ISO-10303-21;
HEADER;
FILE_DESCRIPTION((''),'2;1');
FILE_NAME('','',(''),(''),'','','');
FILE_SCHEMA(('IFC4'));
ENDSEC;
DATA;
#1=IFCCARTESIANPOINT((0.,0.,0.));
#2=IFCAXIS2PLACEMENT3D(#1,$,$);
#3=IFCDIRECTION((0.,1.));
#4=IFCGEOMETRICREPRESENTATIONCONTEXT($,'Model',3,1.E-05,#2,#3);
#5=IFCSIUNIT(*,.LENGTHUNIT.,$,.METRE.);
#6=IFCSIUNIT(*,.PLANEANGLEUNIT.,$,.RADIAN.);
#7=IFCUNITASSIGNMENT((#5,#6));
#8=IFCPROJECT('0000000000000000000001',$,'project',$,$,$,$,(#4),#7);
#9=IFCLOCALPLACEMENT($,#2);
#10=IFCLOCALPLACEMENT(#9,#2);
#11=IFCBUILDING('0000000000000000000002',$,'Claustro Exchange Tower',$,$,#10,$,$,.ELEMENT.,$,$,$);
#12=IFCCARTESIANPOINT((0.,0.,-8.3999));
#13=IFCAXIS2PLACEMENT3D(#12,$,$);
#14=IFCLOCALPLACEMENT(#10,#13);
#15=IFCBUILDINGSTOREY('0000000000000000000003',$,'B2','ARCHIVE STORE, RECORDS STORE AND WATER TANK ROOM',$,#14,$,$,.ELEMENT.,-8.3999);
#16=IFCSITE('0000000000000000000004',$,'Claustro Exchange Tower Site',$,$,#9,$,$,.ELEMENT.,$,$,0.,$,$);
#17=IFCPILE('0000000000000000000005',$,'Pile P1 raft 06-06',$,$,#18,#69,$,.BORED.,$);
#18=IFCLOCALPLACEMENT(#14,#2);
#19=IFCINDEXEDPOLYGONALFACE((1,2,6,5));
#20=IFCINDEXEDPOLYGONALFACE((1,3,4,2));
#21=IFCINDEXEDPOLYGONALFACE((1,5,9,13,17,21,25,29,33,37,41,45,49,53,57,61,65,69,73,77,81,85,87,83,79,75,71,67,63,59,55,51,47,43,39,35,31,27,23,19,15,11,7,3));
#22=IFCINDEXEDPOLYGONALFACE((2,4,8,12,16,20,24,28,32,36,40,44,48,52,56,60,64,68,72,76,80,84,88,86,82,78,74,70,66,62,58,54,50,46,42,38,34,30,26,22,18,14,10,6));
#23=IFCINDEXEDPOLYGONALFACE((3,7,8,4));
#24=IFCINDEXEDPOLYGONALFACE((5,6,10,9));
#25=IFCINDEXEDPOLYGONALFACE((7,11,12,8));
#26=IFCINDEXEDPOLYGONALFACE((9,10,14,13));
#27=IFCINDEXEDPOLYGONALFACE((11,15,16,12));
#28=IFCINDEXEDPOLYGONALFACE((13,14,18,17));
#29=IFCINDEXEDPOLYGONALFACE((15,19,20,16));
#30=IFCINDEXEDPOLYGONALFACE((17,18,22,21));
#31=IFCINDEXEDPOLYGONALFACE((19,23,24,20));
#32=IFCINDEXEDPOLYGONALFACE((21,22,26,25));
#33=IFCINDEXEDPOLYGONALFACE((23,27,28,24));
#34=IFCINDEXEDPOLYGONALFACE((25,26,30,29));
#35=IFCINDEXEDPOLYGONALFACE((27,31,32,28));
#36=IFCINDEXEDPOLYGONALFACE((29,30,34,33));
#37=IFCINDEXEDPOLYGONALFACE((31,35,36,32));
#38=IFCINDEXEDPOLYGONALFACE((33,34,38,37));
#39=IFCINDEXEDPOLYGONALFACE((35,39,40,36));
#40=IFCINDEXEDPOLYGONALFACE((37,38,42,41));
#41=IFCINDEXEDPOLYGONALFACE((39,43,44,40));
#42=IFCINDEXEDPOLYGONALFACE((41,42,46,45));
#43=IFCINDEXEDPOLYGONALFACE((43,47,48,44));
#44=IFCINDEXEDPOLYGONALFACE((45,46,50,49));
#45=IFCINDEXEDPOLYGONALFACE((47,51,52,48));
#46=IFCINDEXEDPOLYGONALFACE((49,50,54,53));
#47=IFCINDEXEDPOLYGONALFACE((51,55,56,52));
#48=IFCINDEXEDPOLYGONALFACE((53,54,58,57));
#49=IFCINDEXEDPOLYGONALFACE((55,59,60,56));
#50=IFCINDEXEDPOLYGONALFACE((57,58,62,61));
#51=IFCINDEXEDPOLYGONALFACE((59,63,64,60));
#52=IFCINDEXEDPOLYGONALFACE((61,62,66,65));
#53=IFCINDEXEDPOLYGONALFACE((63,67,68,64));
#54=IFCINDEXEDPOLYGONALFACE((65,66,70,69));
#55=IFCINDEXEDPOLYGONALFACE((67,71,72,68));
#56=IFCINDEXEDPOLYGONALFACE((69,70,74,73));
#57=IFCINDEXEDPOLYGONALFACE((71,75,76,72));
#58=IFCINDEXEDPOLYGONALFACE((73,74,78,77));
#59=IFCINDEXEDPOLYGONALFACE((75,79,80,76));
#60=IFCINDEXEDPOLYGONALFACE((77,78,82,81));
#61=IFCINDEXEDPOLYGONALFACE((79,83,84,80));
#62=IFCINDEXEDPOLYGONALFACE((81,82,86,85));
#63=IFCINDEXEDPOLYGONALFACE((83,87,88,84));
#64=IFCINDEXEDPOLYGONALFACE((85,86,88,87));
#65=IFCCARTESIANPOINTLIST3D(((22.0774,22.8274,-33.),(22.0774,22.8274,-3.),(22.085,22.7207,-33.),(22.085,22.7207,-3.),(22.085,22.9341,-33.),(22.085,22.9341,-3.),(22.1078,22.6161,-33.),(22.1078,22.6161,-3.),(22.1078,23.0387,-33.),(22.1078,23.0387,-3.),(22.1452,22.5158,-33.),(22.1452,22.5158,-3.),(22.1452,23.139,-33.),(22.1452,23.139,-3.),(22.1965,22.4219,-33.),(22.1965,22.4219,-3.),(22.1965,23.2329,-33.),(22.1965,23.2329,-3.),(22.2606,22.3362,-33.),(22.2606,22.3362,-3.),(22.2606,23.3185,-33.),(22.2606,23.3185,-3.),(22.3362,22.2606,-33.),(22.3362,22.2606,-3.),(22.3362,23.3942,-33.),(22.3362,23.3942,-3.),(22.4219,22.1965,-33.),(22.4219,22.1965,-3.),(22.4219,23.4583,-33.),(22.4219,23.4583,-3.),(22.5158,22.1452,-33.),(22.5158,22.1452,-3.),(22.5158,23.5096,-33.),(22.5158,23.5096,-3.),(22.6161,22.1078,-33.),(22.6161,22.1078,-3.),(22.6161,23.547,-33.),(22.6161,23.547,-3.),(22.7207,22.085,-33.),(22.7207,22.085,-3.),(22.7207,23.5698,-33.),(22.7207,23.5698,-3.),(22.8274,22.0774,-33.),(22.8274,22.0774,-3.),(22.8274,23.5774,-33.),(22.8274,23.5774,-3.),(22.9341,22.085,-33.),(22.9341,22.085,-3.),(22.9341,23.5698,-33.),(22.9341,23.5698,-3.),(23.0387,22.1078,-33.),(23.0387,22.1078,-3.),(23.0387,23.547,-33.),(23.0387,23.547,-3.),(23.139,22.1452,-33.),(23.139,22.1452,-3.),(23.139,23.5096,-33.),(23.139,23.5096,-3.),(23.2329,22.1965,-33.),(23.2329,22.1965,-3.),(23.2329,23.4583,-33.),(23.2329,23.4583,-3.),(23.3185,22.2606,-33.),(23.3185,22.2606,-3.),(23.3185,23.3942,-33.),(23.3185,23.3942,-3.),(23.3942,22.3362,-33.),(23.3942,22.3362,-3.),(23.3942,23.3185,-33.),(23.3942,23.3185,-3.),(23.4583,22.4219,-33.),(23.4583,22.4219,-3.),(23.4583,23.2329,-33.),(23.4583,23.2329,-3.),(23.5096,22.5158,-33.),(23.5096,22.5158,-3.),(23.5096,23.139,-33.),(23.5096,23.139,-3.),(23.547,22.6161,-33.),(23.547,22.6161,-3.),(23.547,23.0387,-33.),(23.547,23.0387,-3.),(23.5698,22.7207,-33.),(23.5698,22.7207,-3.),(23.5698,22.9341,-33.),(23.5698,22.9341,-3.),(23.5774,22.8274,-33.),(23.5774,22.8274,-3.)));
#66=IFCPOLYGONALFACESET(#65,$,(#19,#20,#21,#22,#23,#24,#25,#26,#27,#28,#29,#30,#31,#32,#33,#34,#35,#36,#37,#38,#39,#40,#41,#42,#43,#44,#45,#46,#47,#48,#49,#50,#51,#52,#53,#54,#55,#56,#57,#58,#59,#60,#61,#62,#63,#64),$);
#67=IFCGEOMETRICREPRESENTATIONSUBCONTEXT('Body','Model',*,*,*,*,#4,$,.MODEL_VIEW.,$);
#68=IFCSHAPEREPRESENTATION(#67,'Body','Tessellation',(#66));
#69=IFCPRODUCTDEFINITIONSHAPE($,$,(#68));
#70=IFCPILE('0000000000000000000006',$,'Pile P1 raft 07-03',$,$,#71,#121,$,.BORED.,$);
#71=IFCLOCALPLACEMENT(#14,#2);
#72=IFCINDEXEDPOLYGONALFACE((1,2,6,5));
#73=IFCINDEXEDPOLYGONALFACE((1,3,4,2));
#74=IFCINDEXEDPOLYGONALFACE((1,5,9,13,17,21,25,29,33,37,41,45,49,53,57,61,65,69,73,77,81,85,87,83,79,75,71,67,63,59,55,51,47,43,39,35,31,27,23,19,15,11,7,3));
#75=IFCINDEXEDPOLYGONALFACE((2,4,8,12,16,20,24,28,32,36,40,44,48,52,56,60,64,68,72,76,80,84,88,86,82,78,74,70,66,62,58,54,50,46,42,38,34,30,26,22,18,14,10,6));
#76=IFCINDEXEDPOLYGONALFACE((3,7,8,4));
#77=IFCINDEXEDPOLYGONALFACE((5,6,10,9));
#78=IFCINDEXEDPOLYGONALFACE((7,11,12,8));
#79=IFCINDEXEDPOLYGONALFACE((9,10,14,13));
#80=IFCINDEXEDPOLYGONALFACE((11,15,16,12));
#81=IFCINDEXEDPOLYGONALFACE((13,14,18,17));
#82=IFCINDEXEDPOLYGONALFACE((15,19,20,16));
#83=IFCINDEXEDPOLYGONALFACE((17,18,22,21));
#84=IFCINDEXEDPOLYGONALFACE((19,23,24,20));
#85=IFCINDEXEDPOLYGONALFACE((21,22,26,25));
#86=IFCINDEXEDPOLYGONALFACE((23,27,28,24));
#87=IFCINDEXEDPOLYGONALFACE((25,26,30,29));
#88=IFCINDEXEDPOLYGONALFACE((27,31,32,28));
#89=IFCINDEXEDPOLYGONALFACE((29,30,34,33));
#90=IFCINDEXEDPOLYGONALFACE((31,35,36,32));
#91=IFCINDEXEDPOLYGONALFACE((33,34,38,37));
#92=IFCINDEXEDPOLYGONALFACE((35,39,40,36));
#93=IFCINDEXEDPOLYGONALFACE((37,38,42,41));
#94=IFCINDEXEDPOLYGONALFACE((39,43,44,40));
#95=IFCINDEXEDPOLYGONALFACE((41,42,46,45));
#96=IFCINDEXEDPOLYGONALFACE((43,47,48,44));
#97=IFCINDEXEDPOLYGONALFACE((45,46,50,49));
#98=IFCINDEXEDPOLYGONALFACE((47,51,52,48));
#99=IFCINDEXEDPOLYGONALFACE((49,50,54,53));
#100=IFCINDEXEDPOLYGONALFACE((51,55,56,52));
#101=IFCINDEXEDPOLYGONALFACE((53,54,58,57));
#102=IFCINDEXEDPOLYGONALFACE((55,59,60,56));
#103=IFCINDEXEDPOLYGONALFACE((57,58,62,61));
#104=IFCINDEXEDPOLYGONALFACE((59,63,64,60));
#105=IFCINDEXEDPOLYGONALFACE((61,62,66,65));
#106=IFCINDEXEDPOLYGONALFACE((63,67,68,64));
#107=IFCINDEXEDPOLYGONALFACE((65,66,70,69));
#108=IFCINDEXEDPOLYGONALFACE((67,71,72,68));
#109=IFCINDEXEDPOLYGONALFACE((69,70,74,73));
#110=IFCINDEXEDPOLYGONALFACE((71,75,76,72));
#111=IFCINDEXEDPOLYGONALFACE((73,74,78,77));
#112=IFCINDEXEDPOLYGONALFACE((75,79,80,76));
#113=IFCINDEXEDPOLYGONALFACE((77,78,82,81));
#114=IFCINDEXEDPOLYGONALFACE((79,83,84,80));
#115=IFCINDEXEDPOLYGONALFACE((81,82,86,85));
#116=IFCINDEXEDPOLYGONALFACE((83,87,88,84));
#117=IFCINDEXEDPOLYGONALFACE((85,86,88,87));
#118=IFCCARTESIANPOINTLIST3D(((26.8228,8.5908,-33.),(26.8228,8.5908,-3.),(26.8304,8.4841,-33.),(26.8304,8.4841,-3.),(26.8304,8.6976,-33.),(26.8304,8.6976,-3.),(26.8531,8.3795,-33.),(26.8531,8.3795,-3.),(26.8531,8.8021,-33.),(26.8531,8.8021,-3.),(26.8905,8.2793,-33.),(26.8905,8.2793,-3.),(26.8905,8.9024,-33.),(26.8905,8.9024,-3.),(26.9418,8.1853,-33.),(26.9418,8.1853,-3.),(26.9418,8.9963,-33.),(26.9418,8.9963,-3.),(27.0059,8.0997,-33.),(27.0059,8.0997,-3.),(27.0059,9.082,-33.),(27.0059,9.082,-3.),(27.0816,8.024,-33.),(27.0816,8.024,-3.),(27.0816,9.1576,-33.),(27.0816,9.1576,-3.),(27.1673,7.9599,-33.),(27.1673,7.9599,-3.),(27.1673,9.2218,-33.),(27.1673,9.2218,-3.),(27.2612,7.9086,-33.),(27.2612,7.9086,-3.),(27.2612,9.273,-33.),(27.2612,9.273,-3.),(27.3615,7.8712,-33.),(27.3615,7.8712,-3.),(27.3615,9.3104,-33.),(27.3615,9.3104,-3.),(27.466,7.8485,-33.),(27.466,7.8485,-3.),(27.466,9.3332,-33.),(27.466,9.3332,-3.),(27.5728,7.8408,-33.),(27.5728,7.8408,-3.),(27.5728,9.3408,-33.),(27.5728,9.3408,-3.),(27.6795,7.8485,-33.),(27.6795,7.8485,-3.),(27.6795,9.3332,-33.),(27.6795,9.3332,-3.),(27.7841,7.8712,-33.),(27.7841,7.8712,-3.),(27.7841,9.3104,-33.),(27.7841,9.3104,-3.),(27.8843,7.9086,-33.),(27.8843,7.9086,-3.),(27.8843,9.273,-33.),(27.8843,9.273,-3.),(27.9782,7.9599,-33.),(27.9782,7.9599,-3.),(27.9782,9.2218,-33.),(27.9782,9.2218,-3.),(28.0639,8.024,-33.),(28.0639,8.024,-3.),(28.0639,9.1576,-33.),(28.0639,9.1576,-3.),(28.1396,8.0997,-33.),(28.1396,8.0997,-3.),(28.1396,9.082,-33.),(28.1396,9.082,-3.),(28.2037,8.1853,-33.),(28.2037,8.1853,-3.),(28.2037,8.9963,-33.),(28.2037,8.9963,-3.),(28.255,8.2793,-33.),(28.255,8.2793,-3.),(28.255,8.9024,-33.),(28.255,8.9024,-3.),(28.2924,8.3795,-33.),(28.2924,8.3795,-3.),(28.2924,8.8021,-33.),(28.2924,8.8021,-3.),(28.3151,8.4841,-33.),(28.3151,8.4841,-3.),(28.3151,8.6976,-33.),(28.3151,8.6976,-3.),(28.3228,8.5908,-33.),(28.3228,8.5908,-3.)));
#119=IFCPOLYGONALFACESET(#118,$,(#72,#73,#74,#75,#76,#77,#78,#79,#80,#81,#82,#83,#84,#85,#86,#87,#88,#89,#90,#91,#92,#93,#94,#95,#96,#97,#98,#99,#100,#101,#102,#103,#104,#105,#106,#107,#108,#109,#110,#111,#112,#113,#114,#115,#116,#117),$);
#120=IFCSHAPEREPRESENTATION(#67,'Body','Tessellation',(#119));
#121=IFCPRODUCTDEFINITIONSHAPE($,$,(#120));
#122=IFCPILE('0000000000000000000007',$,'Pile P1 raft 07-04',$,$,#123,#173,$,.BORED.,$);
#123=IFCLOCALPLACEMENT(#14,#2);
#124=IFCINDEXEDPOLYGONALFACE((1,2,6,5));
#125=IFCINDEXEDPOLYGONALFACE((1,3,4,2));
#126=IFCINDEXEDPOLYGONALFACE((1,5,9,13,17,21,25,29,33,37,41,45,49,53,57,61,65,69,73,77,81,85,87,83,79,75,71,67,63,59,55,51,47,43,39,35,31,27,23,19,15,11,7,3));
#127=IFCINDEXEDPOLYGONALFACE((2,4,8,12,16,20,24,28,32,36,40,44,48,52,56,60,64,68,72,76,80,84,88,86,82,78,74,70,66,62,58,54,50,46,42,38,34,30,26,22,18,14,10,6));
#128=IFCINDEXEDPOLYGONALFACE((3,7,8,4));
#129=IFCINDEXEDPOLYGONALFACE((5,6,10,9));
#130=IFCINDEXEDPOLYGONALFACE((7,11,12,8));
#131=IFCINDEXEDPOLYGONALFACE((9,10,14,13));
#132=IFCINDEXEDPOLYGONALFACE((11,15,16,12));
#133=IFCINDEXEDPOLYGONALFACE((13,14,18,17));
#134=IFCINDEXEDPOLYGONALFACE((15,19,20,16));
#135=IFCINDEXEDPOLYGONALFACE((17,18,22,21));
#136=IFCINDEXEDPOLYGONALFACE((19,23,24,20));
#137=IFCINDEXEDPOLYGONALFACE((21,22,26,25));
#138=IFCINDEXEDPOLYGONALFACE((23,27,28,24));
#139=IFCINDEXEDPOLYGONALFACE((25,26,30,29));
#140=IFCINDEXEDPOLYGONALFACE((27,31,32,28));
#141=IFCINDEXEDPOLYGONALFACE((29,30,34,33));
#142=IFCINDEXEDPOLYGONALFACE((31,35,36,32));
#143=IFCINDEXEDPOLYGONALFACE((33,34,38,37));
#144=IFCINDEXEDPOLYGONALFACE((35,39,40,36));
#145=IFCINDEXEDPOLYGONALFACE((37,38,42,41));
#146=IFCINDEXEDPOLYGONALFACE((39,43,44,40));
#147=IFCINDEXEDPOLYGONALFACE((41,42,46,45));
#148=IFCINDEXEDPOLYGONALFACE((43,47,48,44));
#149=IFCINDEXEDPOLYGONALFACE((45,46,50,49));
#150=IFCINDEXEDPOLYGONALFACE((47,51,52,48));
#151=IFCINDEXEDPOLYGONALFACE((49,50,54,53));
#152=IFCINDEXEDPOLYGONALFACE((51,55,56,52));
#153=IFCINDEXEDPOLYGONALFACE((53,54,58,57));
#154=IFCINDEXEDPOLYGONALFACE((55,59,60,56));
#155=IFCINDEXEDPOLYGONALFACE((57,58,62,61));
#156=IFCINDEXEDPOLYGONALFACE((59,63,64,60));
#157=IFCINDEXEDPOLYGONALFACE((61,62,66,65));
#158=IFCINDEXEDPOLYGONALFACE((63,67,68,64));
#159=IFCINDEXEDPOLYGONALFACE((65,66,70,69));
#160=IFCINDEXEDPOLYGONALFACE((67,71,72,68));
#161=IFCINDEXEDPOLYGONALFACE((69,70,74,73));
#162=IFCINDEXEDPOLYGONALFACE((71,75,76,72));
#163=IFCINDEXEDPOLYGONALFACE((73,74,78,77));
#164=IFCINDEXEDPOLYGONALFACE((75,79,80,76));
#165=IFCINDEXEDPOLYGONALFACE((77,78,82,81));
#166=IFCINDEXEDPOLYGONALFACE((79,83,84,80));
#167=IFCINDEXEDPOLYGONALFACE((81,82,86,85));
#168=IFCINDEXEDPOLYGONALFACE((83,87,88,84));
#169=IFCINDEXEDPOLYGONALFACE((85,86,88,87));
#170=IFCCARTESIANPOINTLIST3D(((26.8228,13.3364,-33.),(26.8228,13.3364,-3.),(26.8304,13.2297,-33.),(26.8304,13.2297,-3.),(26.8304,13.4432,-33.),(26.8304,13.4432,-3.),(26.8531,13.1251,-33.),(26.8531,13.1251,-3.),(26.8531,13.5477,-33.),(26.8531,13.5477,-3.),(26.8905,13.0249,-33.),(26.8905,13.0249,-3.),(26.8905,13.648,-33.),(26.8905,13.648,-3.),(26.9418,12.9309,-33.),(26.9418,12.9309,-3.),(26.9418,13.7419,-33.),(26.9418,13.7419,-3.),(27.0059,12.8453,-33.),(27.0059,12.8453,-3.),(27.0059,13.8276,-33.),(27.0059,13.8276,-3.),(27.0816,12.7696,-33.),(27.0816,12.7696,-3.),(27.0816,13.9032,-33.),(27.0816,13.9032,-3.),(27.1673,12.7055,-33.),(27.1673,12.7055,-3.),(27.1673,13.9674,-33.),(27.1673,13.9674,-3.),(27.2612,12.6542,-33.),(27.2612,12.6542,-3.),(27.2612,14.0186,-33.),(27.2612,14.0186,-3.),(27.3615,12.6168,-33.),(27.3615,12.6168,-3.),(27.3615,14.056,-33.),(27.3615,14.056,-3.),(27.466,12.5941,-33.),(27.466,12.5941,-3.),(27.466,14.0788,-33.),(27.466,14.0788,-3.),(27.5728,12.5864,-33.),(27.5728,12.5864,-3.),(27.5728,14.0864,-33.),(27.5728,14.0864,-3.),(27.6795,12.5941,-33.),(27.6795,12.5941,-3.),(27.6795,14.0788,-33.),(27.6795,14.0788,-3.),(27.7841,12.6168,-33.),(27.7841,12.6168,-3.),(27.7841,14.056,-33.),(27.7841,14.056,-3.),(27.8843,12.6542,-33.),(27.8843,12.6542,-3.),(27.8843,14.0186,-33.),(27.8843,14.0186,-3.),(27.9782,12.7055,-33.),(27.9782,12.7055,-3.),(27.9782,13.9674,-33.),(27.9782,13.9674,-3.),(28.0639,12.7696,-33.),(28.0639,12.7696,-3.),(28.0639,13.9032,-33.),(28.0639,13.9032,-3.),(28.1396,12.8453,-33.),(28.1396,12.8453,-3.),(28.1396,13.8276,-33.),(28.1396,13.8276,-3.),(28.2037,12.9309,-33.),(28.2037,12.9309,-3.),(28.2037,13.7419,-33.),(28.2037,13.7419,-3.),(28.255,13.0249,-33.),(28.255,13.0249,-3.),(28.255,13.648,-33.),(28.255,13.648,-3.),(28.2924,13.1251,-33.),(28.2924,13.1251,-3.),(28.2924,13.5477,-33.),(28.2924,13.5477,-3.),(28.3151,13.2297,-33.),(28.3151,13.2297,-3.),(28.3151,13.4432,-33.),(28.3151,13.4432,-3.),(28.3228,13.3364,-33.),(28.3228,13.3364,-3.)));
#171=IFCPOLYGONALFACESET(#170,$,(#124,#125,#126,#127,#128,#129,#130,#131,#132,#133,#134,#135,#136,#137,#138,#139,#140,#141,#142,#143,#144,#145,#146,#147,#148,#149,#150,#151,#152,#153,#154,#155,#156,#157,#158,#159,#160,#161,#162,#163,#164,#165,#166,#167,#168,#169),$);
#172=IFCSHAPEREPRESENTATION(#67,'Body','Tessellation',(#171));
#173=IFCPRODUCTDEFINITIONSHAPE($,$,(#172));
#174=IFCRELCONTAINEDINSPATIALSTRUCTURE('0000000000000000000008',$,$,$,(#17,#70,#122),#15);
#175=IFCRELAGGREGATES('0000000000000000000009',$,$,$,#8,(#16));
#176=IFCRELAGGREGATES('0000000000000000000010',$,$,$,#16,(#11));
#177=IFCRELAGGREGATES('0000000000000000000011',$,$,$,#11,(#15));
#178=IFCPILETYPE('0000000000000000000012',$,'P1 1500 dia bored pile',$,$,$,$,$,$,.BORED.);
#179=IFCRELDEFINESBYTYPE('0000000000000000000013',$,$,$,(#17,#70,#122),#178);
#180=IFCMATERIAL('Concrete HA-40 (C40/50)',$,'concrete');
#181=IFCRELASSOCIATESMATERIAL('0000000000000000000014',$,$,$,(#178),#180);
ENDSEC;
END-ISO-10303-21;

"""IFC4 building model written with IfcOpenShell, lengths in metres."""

from ifc_helpers import new_model, si_unit, direction, frame, origin, origin_2d, place, context, subcontext, project, spatial, circle, extrude, material, type_object, element, save


model = new_model("IFC4")

# Units and contexts
model_context = context("Model", 3, precision=1e-05, world=origin(), true_north=direction((0.0, 1.0)))
body_context = subcontext(model_context, "Body", "Model", "MODEL_VIEW")
ifc_project = project(units=[si_unit("LENGTHUNIT", "METRE"), si_unit("PLANEANGLEUNIT", "RADIAN")], contexts=[model_context])

# Site, building, storey
site_placement = place(None, origin())
site = spatial("IfcSite", under=ifc_project, at=site_placement, Name="Claustro Exchange Tower Site", CompositionType="ELEMENT", RefElevation=0.0)
building_placement = place(site_placement, origin())
building = spatial("IfcBuilding", under=site, at=building_placement, Name="Claustro Exchange Tower", CompositionType="ELEMENT")
storey_placement = place(building_placement, frame((0.0, 0.0, -8.3999)))
storey = spatial("IfcBuildingStorey", under=building, at=storey_placement, Name="B2", Description="ARCHIVE STORE, RECORDS STORE AND WATER TANK ROOM", CompositionType="ELEMENT", Elevation=-8.3999)

# Piles
ifc_material_1 = material(Name="Concrete HA-40 (C40/50)", Category="concrete")
pile_type = type_object("IfcPileType", Name="P1 1500 dia bored pile", PredefinedType="BORED", material=ifc_material_1)
for number, where, z_axis, x_axis, name in (
    (1, (22.8274, 22.8274, -3.0), (0.0, 0.0, -1.0), (1.0, 0.0, 0.0), "Pile P1 raft 06-06"),
    (2, (27.5728, 8.5908, -3.0), (0.0, 0.0, -1.0), (1.0, 0.0, 0.0), "Pile P1 raft 07-03"),
    (3, (27.5728, 13.3364, -3.0), (0.0, 0.0, -1.0), (1.0, 0.0, 0.0), "Pile P1 raft 07-04"),
):
    element("IfcPile", number, at=place(storey_placement, frame(where, z_axis=z_axis, x_axis=x_axis)), inside=storey, type_object=pile_type, Name=name, PredefinedType="BORED", context=body_context, shape_type="SweptSolid", body=[
        extrude(circle(Radius=0.75, at=origin_2d()), origin(), (0.0, 0.0, 1.0), 30.0),
    ])

save(model, "model.ifc")
